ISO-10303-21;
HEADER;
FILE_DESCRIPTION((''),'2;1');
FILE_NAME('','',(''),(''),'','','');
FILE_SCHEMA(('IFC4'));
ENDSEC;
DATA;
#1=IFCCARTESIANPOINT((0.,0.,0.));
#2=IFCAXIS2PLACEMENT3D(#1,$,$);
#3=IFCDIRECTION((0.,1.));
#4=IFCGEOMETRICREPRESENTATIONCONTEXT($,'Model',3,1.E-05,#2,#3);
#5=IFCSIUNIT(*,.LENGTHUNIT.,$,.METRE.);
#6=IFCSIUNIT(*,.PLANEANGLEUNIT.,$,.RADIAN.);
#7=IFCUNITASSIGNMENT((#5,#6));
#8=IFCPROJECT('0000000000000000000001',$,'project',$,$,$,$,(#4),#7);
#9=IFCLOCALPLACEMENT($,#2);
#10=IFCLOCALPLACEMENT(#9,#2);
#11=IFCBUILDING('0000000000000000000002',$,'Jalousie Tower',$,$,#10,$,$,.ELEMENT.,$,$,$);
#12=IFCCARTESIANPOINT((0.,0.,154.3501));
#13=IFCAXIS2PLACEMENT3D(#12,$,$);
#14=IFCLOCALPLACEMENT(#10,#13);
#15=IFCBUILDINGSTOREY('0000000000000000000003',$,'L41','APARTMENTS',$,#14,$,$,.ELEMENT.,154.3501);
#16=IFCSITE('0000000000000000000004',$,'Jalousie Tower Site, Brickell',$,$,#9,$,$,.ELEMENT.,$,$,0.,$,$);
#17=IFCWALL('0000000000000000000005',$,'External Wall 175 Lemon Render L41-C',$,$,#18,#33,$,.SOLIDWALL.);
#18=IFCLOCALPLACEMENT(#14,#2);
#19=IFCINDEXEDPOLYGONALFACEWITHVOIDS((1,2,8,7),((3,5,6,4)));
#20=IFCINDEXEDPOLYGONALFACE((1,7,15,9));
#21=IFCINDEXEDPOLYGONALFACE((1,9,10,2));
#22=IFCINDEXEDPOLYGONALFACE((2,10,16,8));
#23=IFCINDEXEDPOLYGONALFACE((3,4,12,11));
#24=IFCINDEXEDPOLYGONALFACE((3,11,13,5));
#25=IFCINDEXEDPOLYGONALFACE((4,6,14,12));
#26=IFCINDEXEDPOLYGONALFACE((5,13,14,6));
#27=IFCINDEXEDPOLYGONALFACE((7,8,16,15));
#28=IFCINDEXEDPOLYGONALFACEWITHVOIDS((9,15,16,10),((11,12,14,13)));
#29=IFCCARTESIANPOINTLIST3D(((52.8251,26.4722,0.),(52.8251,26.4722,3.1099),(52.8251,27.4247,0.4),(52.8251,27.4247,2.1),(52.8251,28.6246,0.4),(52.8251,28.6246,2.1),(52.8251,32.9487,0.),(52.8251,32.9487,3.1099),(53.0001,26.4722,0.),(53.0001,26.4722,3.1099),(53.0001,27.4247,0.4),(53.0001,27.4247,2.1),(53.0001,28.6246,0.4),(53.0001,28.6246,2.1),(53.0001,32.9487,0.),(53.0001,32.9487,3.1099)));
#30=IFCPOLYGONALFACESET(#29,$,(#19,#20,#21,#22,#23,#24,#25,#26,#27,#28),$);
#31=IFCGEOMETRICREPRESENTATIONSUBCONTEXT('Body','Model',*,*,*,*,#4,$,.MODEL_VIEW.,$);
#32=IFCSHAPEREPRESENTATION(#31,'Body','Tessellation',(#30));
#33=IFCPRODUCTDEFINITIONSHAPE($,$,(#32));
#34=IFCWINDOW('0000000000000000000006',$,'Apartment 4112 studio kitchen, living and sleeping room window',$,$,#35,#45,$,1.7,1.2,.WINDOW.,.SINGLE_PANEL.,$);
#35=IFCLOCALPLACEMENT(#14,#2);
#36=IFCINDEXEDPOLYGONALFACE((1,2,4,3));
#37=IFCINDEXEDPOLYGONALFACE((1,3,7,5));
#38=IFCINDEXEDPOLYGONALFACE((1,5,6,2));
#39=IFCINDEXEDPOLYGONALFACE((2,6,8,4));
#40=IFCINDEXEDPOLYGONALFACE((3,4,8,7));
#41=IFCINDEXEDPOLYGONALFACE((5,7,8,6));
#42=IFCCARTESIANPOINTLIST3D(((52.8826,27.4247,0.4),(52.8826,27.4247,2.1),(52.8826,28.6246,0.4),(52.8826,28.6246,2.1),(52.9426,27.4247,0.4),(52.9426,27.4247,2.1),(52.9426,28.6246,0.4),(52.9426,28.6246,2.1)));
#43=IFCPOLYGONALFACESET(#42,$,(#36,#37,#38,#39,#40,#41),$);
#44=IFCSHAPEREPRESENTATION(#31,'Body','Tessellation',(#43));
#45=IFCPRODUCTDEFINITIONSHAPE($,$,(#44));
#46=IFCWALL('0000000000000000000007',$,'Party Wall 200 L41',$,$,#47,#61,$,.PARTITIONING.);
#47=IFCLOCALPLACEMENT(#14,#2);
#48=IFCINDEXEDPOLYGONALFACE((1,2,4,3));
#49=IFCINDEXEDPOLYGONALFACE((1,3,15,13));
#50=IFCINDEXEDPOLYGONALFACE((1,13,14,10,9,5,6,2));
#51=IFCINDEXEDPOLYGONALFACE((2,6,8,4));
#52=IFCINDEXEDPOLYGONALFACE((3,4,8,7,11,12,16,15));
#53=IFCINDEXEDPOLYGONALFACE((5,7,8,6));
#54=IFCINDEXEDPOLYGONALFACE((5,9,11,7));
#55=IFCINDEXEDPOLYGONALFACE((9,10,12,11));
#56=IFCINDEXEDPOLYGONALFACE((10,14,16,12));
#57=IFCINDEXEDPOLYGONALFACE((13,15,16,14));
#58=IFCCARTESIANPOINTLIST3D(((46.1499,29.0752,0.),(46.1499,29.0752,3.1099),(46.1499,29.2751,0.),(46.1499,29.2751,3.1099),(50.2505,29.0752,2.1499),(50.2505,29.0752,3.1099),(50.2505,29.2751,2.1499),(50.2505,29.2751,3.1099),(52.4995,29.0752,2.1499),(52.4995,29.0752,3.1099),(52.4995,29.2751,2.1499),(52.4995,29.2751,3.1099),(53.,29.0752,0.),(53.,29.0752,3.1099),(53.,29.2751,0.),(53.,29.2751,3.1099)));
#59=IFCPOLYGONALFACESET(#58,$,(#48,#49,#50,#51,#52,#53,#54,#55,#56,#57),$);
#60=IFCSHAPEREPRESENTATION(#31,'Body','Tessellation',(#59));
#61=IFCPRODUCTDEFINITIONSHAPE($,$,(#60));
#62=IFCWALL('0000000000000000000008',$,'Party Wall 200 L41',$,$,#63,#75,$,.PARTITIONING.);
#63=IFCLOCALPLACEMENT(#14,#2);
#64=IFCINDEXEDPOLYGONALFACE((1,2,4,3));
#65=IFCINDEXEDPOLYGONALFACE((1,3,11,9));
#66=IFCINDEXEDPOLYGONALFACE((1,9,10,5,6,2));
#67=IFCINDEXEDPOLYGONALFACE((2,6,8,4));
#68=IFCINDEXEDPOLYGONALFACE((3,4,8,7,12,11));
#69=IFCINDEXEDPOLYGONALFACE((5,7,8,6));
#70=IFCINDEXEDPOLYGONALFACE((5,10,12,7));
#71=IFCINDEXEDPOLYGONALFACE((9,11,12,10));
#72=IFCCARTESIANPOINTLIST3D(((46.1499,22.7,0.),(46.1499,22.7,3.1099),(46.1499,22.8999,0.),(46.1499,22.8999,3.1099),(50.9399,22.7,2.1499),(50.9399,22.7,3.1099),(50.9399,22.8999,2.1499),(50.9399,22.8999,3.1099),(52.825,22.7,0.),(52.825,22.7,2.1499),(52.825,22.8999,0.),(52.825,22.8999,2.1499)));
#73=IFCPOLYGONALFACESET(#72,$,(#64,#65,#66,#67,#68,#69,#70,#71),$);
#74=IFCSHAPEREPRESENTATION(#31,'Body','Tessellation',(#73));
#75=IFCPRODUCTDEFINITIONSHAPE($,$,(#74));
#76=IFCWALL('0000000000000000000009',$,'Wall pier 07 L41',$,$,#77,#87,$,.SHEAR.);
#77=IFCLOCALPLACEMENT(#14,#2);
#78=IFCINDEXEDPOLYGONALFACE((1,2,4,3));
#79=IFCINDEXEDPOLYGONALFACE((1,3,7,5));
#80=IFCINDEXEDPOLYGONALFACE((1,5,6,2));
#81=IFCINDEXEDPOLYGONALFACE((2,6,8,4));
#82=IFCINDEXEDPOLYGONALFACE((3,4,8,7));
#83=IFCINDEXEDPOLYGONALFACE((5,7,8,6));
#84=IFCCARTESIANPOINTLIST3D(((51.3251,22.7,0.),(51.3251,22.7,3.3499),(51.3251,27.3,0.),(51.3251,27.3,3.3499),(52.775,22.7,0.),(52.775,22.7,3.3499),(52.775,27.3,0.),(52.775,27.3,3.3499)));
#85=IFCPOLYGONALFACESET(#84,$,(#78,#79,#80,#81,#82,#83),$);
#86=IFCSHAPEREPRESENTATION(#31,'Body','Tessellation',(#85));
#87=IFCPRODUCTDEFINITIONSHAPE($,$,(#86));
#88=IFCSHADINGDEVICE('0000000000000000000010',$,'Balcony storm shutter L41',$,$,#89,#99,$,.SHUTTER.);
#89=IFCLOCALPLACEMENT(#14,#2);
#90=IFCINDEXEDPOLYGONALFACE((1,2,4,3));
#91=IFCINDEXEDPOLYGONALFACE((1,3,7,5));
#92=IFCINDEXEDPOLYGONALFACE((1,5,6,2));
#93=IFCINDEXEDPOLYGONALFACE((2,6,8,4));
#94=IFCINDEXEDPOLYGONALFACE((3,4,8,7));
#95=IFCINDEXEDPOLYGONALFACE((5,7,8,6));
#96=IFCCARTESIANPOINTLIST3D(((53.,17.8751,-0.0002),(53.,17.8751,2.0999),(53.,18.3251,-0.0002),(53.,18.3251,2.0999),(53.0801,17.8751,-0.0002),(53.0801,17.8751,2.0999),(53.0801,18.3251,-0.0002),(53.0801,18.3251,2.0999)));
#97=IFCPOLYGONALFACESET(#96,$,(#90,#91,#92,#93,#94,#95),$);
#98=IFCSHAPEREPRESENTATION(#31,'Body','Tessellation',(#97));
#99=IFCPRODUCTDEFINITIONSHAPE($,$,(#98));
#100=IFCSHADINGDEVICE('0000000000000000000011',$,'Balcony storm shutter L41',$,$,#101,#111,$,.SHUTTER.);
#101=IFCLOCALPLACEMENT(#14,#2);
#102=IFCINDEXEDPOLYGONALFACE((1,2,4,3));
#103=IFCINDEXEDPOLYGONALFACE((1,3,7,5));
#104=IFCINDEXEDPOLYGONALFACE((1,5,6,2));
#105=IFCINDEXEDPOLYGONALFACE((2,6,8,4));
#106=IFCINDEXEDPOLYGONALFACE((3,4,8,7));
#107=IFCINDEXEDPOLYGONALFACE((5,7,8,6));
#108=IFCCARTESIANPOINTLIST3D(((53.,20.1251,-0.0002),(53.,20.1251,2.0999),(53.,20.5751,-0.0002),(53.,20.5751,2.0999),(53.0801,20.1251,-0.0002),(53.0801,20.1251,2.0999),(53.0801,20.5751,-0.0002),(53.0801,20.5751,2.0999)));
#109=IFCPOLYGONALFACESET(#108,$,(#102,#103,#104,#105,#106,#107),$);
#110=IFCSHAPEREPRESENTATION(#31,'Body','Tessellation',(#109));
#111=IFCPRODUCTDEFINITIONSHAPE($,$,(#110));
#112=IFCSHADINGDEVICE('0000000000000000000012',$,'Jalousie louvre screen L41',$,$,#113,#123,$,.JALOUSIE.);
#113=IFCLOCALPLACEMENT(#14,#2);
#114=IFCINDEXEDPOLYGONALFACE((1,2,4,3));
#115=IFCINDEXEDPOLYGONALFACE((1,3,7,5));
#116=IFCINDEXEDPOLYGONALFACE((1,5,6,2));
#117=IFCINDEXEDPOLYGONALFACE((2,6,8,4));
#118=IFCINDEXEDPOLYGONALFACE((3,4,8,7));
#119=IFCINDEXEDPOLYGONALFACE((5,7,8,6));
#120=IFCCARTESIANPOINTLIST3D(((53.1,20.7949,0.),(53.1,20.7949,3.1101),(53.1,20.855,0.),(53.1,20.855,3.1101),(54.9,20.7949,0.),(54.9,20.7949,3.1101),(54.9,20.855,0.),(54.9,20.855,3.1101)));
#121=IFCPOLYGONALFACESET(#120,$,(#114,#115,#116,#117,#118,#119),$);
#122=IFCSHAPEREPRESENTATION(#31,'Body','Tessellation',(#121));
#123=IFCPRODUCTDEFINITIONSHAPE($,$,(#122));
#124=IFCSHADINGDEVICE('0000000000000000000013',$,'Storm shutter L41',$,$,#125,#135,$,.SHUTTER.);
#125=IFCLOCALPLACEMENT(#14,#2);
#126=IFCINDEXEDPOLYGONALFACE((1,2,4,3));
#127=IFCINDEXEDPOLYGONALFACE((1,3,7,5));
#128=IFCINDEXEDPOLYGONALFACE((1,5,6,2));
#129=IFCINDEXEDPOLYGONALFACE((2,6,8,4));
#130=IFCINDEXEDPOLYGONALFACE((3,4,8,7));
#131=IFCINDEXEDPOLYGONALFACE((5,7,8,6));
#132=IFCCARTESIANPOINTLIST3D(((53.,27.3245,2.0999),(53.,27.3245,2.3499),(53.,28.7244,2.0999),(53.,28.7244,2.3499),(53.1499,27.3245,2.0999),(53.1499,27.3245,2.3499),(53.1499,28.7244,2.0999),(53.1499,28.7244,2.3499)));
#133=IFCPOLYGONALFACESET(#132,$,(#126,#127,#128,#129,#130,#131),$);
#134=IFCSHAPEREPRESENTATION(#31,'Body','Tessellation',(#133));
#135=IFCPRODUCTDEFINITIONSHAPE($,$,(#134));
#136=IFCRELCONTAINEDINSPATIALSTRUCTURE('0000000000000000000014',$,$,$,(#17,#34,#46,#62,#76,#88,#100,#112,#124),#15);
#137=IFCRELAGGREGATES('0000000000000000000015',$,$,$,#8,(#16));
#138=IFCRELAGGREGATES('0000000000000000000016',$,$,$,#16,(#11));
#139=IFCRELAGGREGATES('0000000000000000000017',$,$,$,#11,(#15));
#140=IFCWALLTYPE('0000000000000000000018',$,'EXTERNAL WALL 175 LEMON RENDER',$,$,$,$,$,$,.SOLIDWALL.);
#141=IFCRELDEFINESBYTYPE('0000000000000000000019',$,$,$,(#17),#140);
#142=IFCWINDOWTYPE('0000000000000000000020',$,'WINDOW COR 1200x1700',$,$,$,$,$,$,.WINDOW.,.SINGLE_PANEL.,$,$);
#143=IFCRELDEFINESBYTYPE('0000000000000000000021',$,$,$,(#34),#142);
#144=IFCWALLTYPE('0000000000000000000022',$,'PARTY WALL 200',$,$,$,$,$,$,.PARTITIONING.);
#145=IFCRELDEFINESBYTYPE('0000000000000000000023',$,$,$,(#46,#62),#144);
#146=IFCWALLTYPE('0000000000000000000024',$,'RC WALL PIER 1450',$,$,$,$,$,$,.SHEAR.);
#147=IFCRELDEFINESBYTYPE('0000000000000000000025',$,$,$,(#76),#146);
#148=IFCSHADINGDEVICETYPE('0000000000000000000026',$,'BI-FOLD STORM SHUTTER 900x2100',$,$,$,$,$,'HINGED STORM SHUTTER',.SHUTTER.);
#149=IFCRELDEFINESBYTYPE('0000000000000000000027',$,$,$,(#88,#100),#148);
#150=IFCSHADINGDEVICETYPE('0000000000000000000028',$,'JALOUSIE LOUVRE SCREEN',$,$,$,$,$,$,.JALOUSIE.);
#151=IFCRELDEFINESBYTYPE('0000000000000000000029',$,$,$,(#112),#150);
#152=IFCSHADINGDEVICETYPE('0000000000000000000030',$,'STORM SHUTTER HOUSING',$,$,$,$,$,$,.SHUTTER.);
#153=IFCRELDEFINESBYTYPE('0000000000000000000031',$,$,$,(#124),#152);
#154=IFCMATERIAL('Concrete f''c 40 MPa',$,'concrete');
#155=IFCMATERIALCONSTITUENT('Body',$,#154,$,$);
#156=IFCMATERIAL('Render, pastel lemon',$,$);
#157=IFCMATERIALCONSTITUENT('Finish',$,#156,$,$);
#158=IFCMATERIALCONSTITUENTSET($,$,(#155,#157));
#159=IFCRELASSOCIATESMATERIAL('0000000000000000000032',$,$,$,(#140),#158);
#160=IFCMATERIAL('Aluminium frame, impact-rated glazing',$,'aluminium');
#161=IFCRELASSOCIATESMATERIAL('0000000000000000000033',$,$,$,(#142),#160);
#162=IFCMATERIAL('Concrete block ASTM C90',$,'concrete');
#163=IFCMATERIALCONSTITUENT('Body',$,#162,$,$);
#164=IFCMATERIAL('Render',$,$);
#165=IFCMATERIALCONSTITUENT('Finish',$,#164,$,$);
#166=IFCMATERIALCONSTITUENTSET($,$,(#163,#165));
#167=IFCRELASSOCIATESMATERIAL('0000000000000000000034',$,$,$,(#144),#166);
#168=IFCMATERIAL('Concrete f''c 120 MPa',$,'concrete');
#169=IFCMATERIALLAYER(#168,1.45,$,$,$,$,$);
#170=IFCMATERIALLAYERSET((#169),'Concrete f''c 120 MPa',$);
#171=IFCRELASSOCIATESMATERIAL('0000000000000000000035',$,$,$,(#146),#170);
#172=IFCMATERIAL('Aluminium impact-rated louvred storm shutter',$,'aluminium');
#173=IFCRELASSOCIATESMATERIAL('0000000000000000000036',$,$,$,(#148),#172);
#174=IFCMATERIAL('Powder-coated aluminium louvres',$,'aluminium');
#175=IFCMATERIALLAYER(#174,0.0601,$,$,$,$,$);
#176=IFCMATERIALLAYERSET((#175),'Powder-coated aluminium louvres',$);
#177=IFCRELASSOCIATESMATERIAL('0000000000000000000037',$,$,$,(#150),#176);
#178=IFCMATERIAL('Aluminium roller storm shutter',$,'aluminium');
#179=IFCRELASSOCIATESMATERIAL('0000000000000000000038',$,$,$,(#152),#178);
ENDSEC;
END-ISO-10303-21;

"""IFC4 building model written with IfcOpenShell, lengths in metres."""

from ifc_helpers import new_model, si_unit, direction, frame, frame_2d, origin, origin_2d, place, context, subcontext, project, spatial, polyline, rectangle, outline, extrude, material, layer, layer_set, constituent, constituent_set, type_object, element, fill, save


model = new_model("IFC4")

# Units and contexts
model_context = context("Model", 3, precision=1e-05, world=origin(), true_north=direction((0.0, 1.0)))
body_context = subcontext(model_context, "Body", "Model", "MODEL_VIEW")
ifc_project = project(units=[si_unit("LENGTHUNIT", "METRE"), si_unit("PLANEANGLEUNIT", "RADIAN")], contexts=[model_context])

# Site, building, storey
site_placement = place(None, origin())
site = spatial("IfcSite", under=ifc_project, at=site_placement, Name="Jalousie Tower Site, Brickell", CompositionType="ELEMENT", RefElevation=0.0)
building_placement = place(site_placement, origin())
building = spatial("IfcBuilding", under=site, at=building_placement, Name="Jalousie Tower", CompositionType="ELEMENT")
storey_placement = place(building_placement, frame((0.0, 0.0, 154.3501)))
storey = spatial("IfcBuildingStorey", under=building, at=storey_placement, Name="L41", Description="APARTMENTS", CompositionType="ELEMENT", Elevation=154.3501)

# Wall, opening, window
ifc_material_1 = material(Name="Concrete f'c 40 MPa", Category="concrete")
ifc_constituent_1 = constituent(ifc_material_1, Name="Body")
ifc_material_2 = material(Name="Render, pastel lemon")
ifc_constituent_2 = constituent(ifc_material_2, Name="Finish")
ifc_constituent_set_1 = constituent_set(constituents=[ifc_constituent_1, ifc_constituent_2])
wall_type_1 = type_object("IfcWallType", Name="EXTERNAL WALL 175 LEMON RENDER", PredefinedType="SOLIDWALL", material=ifc_constituent_set_1)
wall_1_placement = place(storey_placement, frame((52.9126, 26.4722, 0.0), z_axis=(0.0, 0.0, 1.0), x_axis=(0.0, 1.0, 0.0)))
wall_1 = element("IfcWall", 1, at=wall_1_placement, inside=storey, type_object=wall_type_1, Name="External Wall 175 Lemon Render L41-C", PredefinedType="SOLIDWALL", context=body_context, shape_type="SweptSolid", body=[
    extrude(rectangle(XDim=6.4766, YDim=0.175, at=frame_2d((3.2383, 0.0))), origin(), (0.0, 0.0, 1.0), 3.1099),
])
opening_1_placement = place(wall_1_placement, frame((0.9524, 0.0, 0.3999)))
opening_1 = element("IfcOpeningElement", 2, at=opening_1_placement, cuts=wall_1, PredefinedType="OPENING", context=body_context, shape_type="SweptSolid", body=[
    extrude(rectangle(XDim=1.2, YDim=1.7, at=frame_2d((0.6001, 0.8501))), frame((0.0, 0.0974, 0.0), z_axis=(0.0, -1.0, 0.0), x_axis=(1.0, 0.0, 0.0)), (0.0, 0.0, 1.0), 0.1951),
])
ifc_material_3 = material(Name="Aluminium frame, impact-rated glazing", Category="aluminium")
window_type = type_object("IfcWindowType", Name="WINDOW COR 1200x1700", PartitioningType="SINGLE_PANEL", PredefinedType="WINDOW", material=ifc_material_3)
window_placement = place(opening_1_placement, origin())
window = element("IfcWindow", 3, at=window_placement, inside=storey, type_object=window_type, Name="Apartment 4112 studio kitchen, living and sleeping room window", OverallHeight=1.7, OverallWidth=1.2, PartitioningType="SINGLE_PANEL", PredefinedType="WINDOW", context=body_context, shape_type="SweptSolid", body=[
    extrude(rectangle(XDim=1.2, YDim=1.7, at=frame_2d((0.6001, 0.8501))), frame((0.0, 0.03, 0.0), z_axis=(0.0, -1.0, 0.0), x_axis=(1.0, 0.0, 0.0)), (0.0, 0.0, 1.0), 0.0601),
])
fill(opening_1, window)

# Walls
ifc_material_4 = material(Name="Concrete block ASTM C90", Category="concrete")
ifc_constituent_3 = constituent(ifc_material_4, Name="Body")
ifc_material_5 = material(Name="Render")
ifc_constituent_4 = constituent(ifc_material_5, Name="Finish")
ifc_constituent_set_2 = constituent_set(constituents=[ifc_constituent_3, ifc_constituent_4])
wall_type_2 = type_object("IfcWallType", Name="PARTY WALL 200", PredefinedType="PARTITIONING", material=ifc_constituent_set_2)
wall_2_placement = place(storey_placement, frame((46.1499, 29.175, 0.0), z_axis=(0.0, 0.0, 1.0), x_axis=(1.0, 0.0, 0.0)))
element("IfcWall", 4, at=wall_2_placement, inside=storey, type_object=wall_type_2, Name="Party Wall 200 L41", PredefinedType="PARTITIONING", context=body_context, shape_type="SweptSolid", body=[
    extrude(outline(polyline([(0.0, 0.0), (6.8501, 0.0), (6.8501, 3.1099), (6.3496, 3.1099), (6.3496, 2.1499), (4.1006, 2.1499), (4.1006, 3.1099), (0.0, 3.1099), (0.0, 0.0)])), frame((0.0, 0.1001, 0.0), z_axis=(0.0, -1.0, 0.0), x_axis=(1.0, 0.0, 0.0)), (0.0, 0.0, 1.0), 0.2),
])
wall_3_placement = place(storey_placement, frame((52.825, 22.8, 0.0), z_axis=(0.0, 0.0, 1.0), x_axis=(-1.0, 0.0, 0.0)))
element("IfcWall", 5, at=wall_3_placement, inside=storey, type_object=wall_type_2, Name="Party Wall 200 L41", PredefinedType="PARTITIONING", context=body_context, shape_type="SweptSolid", body=[
    extrude(outline(polyline([(0.0, 0.0), (6.675, 0.0), (6.675, 3.1099), (1.885, 3.1099), (1.885, 2.1499), (0.0, 2.1499), (0.0, 3.1099), (0.0, 0.0)])), frame((0.0, 0.1001, 0.0), z_axis=(0.0, -1.0, 0.0), x_axis=(1.0, 0.0, 0.0)), (0.0, 0.0, 1.0), 0.2),
])
ifc_material_6 = material(Name="Concrete f'c 120 MPa", Category="concrete")
ifc_layer_1 = layer(ifc_material_6, 1.45)
ifc_layer_set_1 = layer_set([ifc_layer_1], Name="Concrete f'c 120 MPa")
wall_type_3 = type_object("IfcWallType", Name="RC WALL PIER 1450", PredefinedType="SHEAR", material=ifc_layer_set_1)
wall_4_placement = place(storey_placement, frame((52.05, 22.7, 0.0), z_axis=(0.0, 0.0, 1.0), x_axis=(0.0, 1.0, 0.0)))
element("IfcWall", 6, at=wall_4_placement, inside=storey, type_object=wall_type_3, Name="Wall pier 07 L41", PredefinedType="SHEAR", context=body_context, shape_type="SweptSolid", body=[
    extrude(rectangle(XDim=4.6001, YDim=1.45, at=frame_2d((2.3, 0.0))), origin(), (0.0, 0.0, 1.0), 3.3499),
])

# Shading devices
ifc_material_7 = material(Name="Aluminium impact-rated louvred storm shutter", Category="aluminium")
shading_device_type_1 = type_object("IfcShadingDeviceType", Name="BI-FOLD STORM SHUTTER 900x2100", ElementType="HINGED STORM SHUTTER", PredefinedType="SHUTTER", material=ifc_material_7)
for number, where, z_axis, x_axis, name in (
    (7, (53.04, 18.1001, -0.0002), (0.0, 0.0, 1.0), (0.0, 1.0, 0.0), "Balcony storm shutter L41"),
    (8, (53.04, 20.3501, -0.0002), (0.0, 0.0, 1.0), (0.0, 1.0, 0.0), "Balcony storm shutter L41"),
):
    element("IfcShadingDevice", number, at=place(storey_placement, frame(where, z_axis=z_axis, x_axis=x_axis)), inside=storey, type_object=shading_device_type_1, Name=name, PredefinedType="SHUTTER", context=body_context, shape_type="SweptSolid", body=[
        extrude(rectangle(XDim=0.45, YDim=0.0801, at=origin_2d()), origin(), (0.0, 0.0, 1.0), 2.1001),
    ])
ifc_material_8 = material(Name="Powder-coated aluminium louvres", Category="aluminium")
ifc_layer_2 = layer(ifc_material_8, 0.0601)
ifc_layer_set_2 = layer_set([ifc_layer_2], Name="Powder-coated aluminium louvres")
shading_device_type_2 = type_object("IfcShadingDeviceType", Name="JALOUSIE LOUVRE SCREEN", PredefinedType="JALOUSIE", material=ifc_layer_set_2)
shading_device_1_placement = place(storey_placement, frame((54.0, 20.825, 0.0), z_axis=(0.0, 0.0, 1.0), x_axis=(0.0, 1.0, 0.0)))
element("IfcShadingDevice", 9, at=shading_device_1_placement, inside=storey, type_object=shading_device_type_2, Name="Jalousie louvre screen L41", PredefinedType="JALOUSIE", context=body_context, shape_type="SweptSolid", body=[
    extrude(rectangle(XDim=0.0601, YDim=1.8, at=origin_2d()), origin(), (0.0, 0.0, 1.0), 3.1101),
])
ifc_material_9 = material(Name="Aluminium roller storm shutter", Category="aluminium")
shading_device_type_3 = type_object("IfcShadingDeviceType", Name="STORM SHUTTER HOUSING", PredefinedType="SHUTTER", material=ifc_material_9)
shading_device_2_placement = place(storey_placement, frame((53.075, 28.0244, 2.0999), z_axis=(0.0, 0.0, 1.0), x_axis=(0.0, 1.0, 0.0)))
element("IfcShadingDevice", 10, at=shading_device_2_placement, inside=storey, type_object=shading_device_type_3, Name="Storm shutter L41", PredefinedType="SHUTTER", context=body_context, shape_type="SweptSolid", body=[
    extrude(rectangle(XDim=1.3999, YDim=0.1499, at=origin_2d()), origin(), (0.0, 0.0, 1.0), 0.25),
])

save(model, "model.ifc")
